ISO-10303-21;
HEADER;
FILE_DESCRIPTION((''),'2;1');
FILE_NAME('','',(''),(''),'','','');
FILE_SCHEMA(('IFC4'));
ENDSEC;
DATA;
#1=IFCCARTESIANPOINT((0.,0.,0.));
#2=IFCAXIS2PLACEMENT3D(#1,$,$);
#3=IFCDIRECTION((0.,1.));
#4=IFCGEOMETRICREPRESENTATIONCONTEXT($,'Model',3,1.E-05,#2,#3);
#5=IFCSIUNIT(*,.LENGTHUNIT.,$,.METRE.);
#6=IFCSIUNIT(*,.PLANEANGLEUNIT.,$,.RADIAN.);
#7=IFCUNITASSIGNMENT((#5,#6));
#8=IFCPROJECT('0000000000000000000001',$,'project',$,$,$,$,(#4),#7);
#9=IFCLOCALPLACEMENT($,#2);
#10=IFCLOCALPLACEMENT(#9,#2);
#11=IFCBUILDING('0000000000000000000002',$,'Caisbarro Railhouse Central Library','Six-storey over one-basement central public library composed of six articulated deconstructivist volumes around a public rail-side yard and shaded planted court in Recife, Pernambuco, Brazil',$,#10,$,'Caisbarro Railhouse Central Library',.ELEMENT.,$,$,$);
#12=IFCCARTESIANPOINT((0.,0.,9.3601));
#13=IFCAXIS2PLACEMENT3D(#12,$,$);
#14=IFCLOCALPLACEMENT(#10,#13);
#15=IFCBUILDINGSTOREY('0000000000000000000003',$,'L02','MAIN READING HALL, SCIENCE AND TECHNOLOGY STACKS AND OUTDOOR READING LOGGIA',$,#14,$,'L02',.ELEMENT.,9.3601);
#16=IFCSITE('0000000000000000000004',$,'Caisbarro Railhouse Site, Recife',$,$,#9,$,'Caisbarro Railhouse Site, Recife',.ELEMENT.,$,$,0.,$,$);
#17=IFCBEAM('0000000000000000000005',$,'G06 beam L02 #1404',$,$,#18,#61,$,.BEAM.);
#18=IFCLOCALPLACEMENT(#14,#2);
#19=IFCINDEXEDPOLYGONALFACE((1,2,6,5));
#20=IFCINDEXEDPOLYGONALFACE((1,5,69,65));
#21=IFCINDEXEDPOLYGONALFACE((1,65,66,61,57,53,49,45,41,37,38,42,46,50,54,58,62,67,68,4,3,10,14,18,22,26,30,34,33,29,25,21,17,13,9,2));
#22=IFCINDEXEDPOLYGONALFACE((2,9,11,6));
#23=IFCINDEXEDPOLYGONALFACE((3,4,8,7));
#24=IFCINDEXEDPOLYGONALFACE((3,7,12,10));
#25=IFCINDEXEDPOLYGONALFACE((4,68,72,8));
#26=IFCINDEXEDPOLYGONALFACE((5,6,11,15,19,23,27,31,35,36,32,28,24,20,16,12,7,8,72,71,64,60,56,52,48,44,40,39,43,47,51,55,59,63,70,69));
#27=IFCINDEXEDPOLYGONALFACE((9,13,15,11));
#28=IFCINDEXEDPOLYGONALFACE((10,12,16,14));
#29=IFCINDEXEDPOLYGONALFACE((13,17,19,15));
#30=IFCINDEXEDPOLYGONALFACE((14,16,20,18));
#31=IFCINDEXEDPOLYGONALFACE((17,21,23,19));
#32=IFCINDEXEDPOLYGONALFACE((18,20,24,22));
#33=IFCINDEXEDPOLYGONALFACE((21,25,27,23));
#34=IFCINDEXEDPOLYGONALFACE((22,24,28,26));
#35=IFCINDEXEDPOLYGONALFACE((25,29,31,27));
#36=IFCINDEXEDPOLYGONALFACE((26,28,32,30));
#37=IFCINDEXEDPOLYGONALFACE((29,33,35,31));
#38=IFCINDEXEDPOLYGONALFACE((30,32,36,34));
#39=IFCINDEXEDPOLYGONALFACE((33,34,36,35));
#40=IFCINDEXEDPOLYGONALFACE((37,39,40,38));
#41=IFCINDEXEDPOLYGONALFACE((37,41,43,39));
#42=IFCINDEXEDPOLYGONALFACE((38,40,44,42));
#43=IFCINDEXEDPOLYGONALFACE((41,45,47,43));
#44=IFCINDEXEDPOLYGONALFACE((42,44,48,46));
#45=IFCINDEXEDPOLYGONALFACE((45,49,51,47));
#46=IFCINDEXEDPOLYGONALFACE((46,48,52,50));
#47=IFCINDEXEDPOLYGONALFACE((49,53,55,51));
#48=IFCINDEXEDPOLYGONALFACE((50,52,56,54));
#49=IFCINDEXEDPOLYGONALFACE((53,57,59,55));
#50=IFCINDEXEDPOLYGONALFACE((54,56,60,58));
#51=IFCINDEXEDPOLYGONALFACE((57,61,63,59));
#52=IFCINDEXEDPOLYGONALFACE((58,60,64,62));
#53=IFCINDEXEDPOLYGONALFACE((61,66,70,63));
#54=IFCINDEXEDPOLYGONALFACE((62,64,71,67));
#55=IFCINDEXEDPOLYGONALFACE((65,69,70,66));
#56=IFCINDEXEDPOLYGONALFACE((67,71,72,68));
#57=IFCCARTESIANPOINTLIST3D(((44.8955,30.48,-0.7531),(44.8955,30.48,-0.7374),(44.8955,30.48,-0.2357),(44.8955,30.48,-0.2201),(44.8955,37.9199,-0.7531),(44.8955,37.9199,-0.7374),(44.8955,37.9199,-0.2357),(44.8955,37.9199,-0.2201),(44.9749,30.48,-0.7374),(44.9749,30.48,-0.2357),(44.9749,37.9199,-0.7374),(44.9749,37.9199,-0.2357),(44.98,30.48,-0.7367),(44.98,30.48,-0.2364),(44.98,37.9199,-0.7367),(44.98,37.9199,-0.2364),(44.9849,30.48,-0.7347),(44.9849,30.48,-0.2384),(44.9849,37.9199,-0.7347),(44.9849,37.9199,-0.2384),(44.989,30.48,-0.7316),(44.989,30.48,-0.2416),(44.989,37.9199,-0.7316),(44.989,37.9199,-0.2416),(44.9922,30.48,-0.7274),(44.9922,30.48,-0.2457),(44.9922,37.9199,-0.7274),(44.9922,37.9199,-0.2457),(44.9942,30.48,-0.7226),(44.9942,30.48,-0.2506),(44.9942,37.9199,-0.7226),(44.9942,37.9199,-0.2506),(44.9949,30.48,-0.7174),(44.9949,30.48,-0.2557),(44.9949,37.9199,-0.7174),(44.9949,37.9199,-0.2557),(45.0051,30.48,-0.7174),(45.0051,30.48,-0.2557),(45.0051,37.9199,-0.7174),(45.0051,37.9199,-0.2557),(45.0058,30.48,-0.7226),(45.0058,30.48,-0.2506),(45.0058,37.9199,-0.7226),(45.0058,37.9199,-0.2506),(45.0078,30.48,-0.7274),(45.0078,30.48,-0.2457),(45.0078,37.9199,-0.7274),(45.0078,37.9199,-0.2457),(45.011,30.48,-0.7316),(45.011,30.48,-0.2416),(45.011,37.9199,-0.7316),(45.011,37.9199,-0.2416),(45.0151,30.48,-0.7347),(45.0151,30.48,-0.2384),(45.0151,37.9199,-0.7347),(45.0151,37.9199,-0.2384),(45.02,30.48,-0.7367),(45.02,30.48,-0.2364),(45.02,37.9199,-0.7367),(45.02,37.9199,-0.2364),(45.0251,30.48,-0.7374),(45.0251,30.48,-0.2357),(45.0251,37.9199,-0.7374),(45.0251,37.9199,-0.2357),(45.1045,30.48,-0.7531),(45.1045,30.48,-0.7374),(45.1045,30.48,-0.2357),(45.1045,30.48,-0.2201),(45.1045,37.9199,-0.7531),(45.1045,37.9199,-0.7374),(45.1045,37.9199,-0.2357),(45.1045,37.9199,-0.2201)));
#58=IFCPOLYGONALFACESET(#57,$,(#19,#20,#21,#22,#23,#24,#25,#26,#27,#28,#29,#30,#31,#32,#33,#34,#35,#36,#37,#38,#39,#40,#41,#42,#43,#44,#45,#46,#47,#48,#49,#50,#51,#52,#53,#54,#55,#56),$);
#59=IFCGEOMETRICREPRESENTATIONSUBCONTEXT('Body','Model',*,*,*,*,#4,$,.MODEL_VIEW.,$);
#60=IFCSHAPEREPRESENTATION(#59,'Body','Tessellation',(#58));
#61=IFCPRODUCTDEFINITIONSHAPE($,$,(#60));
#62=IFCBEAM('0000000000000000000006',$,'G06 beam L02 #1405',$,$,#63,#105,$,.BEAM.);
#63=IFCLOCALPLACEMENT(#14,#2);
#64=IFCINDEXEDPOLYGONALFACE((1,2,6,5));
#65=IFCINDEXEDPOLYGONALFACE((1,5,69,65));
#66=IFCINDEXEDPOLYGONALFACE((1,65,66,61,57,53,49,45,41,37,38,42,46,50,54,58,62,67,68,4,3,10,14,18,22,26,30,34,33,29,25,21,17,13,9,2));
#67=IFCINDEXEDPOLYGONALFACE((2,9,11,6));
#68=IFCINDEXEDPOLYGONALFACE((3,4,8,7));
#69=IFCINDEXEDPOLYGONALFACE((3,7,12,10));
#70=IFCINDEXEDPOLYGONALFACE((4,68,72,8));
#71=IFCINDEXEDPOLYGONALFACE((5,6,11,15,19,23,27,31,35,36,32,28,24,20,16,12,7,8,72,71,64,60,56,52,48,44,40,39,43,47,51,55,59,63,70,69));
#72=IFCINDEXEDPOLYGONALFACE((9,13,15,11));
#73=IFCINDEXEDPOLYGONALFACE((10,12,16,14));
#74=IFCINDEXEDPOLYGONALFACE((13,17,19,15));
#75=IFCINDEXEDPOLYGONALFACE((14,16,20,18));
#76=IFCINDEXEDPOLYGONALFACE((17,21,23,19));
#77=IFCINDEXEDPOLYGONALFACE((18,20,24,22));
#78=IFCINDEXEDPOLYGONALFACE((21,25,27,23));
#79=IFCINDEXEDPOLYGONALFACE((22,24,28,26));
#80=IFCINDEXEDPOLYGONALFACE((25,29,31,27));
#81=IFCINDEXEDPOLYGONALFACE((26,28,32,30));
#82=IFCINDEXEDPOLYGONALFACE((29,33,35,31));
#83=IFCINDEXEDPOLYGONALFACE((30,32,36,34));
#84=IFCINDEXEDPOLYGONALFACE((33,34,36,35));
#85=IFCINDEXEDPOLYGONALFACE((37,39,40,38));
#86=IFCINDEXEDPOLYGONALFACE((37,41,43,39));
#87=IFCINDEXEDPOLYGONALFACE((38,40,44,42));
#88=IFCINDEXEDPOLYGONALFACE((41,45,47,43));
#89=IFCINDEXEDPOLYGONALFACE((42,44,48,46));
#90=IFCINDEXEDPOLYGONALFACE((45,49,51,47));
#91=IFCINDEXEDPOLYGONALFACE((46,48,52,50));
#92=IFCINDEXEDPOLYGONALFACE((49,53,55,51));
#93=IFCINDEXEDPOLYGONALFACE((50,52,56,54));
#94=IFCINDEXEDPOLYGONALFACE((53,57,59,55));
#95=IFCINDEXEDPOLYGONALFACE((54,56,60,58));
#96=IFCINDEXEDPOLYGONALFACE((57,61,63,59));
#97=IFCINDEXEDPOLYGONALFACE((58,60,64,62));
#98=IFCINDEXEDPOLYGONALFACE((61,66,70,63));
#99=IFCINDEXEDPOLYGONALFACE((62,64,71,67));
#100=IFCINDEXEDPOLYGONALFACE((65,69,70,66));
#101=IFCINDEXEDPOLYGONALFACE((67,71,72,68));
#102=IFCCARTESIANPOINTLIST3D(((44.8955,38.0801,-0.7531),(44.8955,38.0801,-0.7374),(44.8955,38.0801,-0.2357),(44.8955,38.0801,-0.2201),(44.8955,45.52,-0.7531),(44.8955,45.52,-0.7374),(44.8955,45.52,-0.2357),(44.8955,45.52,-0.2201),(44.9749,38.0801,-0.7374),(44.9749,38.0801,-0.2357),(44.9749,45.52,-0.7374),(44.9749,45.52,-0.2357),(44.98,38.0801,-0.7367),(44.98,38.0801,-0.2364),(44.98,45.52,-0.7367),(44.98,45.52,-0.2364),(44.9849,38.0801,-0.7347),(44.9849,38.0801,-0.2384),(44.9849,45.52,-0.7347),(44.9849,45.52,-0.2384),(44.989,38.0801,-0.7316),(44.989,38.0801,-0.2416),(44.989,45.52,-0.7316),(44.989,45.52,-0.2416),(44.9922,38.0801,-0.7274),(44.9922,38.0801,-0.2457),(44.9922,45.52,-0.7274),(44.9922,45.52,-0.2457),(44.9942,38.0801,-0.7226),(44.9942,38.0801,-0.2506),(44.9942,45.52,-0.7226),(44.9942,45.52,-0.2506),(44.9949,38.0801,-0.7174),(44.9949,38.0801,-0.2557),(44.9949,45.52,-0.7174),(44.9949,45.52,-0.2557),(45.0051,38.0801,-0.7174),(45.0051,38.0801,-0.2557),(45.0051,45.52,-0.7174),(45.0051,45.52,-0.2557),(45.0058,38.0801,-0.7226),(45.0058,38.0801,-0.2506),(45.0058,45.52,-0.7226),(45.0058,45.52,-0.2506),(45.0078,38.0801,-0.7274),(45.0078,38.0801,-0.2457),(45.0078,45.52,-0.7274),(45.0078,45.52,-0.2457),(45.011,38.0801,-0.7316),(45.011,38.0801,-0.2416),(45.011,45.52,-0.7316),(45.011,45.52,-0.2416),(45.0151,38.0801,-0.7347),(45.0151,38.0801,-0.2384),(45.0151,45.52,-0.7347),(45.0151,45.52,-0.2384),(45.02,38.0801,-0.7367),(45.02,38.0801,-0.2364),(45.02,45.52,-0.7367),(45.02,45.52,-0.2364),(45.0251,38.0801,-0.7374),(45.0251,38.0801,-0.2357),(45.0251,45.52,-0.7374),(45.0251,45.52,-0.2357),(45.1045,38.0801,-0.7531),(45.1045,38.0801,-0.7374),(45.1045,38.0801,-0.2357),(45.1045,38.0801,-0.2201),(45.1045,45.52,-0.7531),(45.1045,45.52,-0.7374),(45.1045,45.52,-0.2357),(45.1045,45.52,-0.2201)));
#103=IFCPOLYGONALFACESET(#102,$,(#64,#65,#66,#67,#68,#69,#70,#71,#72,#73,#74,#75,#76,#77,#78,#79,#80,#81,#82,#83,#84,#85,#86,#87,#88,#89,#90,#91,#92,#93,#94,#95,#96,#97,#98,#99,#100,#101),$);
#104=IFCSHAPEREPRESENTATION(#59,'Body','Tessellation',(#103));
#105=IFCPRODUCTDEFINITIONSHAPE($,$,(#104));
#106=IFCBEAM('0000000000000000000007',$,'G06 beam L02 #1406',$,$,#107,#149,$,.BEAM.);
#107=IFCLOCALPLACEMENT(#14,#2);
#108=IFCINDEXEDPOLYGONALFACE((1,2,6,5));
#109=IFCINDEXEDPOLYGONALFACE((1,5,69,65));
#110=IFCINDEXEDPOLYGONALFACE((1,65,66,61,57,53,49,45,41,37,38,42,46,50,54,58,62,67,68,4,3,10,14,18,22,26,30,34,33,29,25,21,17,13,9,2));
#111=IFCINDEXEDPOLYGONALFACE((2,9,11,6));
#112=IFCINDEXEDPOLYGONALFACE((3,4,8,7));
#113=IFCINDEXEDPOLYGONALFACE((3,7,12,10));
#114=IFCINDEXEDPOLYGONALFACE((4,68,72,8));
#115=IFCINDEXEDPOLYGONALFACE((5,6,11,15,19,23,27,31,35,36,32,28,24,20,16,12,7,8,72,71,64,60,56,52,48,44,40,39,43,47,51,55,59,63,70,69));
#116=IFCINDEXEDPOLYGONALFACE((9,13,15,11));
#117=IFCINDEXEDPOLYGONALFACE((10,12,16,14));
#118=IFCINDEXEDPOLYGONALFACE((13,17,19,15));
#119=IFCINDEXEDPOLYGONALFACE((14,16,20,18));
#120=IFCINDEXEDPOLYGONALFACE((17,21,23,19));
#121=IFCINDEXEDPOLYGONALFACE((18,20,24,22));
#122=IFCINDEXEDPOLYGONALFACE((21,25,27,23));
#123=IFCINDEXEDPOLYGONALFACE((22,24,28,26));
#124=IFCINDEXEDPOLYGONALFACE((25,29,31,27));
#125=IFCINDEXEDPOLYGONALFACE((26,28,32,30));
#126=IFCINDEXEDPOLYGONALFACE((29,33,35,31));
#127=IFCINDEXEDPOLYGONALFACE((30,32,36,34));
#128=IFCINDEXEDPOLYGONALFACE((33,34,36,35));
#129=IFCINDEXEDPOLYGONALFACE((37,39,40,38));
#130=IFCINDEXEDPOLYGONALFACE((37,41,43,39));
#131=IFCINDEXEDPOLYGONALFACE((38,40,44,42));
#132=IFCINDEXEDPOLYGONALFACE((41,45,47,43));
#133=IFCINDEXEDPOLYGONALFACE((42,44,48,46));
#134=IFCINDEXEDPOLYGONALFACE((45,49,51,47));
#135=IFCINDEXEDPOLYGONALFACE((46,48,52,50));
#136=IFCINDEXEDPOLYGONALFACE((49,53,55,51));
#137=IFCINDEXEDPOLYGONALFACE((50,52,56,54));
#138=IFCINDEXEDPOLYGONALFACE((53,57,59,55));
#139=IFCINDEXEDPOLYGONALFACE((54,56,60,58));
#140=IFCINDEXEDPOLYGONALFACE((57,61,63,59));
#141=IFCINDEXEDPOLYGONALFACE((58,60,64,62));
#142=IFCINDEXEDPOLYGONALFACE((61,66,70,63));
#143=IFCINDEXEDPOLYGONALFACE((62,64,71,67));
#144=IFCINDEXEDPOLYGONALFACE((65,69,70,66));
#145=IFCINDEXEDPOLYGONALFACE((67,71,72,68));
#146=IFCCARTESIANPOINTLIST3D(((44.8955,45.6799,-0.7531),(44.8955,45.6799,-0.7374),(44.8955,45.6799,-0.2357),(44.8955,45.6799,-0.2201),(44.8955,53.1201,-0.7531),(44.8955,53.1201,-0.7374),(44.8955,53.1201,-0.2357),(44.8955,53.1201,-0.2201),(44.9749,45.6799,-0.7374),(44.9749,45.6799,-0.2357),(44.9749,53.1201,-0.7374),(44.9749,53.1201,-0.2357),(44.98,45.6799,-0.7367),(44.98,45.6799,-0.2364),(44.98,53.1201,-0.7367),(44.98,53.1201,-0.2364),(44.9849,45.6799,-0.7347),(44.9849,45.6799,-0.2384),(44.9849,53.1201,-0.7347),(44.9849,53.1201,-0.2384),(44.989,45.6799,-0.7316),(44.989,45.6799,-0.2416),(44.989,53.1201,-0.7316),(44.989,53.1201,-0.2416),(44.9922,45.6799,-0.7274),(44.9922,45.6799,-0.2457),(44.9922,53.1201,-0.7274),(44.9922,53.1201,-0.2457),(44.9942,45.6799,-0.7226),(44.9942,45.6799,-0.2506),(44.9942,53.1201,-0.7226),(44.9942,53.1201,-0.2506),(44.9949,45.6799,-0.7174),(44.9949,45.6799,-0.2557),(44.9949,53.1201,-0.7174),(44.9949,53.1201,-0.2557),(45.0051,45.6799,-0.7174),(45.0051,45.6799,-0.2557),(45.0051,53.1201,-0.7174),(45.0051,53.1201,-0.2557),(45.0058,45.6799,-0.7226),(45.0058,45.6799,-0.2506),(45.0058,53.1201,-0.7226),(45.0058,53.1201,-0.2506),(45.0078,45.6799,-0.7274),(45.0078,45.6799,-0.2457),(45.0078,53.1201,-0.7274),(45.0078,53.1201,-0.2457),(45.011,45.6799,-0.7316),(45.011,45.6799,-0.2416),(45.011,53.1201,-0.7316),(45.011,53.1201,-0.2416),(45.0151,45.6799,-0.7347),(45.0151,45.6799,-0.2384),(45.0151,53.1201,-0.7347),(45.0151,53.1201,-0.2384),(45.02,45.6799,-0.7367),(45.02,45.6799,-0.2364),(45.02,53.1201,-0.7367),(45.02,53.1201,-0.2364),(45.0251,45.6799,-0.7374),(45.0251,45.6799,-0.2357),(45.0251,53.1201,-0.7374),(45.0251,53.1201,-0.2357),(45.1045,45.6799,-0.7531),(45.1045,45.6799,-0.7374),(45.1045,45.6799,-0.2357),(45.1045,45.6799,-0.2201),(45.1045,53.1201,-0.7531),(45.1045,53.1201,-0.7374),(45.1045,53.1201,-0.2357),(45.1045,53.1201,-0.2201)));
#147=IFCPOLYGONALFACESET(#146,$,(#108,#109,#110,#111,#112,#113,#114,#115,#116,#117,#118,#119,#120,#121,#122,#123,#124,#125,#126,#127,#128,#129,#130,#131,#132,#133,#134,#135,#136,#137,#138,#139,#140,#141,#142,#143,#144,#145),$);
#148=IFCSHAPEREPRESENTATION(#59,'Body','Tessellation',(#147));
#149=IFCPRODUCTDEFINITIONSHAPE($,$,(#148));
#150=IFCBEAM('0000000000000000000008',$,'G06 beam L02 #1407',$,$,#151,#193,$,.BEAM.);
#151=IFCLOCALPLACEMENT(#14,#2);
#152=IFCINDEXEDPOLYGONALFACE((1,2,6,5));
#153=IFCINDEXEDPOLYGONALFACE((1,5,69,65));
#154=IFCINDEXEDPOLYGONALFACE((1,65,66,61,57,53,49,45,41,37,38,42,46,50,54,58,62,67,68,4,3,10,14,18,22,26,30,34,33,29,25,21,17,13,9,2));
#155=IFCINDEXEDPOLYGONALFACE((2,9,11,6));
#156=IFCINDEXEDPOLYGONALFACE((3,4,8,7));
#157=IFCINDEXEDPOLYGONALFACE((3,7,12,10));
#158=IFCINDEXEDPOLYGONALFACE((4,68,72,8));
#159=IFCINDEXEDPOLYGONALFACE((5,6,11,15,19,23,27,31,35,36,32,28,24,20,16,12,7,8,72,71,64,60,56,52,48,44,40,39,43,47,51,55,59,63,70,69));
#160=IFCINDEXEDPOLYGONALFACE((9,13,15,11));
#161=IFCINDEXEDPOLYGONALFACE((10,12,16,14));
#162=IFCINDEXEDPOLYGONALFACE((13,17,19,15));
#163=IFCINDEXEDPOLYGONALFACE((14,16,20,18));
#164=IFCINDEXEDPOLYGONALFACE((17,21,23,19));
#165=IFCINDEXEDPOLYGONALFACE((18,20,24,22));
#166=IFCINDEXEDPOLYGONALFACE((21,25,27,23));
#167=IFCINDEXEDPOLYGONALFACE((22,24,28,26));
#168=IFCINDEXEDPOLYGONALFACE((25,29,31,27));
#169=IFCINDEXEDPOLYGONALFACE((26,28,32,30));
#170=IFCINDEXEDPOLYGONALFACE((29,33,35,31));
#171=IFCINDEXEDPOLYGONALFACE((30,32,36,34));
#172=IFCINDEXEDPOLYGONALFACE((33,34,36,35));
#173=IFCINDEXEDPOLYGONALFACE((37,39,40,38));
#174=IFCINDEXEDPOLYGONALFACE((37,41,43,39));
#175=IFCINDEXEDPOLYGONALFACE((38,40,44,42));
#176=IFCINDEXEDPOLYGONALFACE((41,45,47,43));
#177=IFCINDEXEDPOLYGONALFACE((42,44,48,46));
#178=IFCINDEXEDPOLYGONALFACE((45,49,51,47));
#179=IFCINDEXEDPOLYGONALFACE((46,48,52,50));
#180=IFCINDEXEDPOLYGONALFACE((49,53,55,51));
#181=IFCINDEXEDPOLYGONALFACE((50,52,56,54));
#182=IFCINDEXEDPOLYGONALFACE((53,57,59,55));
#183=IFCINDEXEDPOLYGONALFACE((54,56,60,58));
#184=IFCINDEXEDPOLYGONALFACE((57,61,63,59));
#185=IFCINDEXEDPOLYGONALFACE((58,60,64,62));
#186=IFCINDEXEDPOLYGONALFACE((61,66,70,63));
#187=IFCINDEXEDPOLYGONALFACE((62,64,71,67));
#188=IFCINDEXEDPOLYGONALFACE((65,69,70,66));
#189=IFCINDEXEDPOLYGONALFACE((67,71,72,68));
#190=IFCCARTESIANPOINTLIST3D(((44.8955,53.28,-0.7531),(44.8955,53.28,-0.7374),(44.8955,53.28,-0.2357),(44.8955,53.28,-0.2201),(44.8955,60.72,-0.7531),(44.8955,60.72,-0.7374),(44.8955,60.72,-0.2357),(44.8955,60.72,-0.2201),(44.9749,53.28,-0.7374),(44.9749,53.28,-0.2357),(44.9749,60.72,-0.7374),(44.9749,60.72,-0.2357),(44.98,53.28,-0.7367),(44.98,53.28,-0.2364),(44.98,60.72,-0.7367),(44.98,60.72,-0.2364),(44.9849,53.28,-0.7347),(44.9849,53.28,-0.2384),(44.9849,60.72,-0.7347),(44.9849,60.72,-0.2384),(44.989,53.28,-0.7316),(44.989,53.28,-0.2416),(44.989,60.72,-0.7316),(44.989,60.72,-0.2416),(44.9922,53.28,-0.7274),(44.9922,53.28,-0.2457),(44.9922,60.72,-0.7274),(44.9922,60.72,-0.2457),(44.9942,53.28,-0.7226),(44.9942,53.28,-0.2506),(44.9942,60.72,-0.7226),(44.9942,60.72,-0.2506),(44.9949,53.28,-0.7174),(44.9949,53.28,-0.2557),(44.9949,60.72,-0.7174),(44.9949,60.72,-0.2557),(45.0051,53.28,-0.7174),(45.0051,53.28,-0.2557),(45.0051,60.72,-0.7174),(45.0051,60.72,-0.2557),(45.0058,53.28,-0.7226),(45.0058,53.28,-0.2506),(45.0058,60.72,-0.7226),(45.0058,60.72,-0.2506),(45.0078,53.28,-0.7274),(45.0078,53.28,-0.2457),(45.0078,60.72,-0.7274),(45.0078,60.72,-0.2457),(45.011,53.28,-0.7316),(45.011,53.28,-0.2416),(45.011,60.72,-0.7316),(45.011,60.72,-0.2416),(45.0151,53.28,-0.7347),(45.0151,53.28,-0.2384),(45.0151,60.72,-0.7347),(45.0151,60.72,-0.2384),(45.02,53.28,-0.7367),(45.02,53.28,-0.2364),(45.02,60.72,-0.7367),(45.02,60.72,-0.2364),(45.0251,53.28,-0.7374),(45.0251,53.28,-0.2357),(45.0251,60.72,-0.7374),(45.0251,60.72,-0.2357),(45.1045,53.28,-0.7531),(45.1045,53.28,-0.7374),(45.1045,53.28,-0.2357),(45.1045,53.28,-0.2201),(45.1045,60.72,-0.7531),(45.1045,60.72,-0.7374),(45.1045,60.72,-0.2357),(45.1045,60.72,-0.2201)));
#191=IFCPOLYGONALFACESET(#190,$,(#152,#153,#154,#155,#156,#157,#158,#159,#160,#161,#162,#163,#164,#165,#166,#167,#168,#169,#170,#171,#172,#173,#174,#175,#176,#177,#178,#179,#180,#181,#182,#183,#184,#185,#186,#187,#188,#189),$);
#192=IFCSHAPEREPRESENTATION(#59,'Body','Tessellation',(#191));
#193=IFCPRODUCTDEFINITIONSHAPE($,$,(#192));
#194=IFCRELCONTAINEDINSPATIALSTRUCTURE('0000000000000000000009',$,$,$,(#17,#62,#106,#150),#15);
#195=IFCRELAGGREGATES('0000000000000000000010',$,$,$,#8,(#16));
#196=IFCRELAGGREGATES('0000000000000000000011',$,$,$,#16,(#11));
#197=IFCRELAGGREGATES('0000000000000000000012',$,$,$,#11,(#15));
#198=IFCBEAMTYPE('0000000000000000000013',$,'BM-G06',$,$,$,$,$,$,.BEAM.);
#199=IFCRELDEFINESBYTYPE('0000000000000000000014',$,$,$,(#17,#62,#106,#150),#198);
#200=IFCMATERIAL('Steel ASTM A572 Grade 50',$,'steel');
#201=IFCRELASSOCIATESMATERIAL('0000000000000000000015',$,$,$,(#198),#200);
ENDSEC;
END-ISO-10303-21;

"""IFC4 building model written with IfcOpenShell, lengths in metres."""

from ifc_helpers import new_model, si_unit, direction, frame, origin, origin_2d, place, context, subcontext, project, spatial, i_section, extrude, material, material_profile, profile_set, type_object, element, save


model = new_model("IFC4")

# Units and contexts
model_context = context("Model", 3, precision=1e-05, world=origin(), true_north=direction((0.0, 1.0)))
body_context = subcontext(model_context, "Body", "Model", "MODEL_VIEW")
ifc_project = project(units=[si_unit("LENGTHUNIT", "METRE"), si_unit("PLANEANGLEUNIT", "RADIAN")], contexts=[model_context])

# Site, building, storey
site_placement = place(None, origin())
site = spatial("IfcSite", under=ifc_project, at=site_placement, Name="Caisbarro Railhouse Site, Recife", LongName="Caisbarro Railhouse Site, Recife", CompositionType="ELEMENT", RefElevation=0.0)
building_placement = place(site_placement, origin())
building = spatial("IfcBuilding", under=site, at=building_placement, Name="Caisbarro Railhouse Central Library", Description="Six-storey over one-basement central public library composed of six articulated deconstructivist volumes around a public rail-side yard and shaded planted court in Recife, Pernambuco, Brazil", LongName="Caisbarro Railhouse Central Library", CompositionType="ELEMENT")
storey_placement = place(building_placement, frame((0.0, 0.0, 9.3601)))
storey = spatial("IfcBuildingStorey", under=building, at=storey_placement, Name="L02", Description="MAIN READING HALL, SCIENCE AND TECHNOLOGY STACKS AND OUTDOOR READING LOGGIA", LongName="L02", CompositionType="ELEMENT", Elevation=9.3601)

# Shared definitions
ifc_material_1 = material(Name="Steel ASTM A572 Grade 50", Category="steel")

# Beams
ifc_material_profile_1 = material_profile(ifc_material_1, i_section(OverallWidth=0.209, OverallDepth=0.533, WebThickness=0.0103, FlangeThickness=0.0156, FilletRadius=0.02, at=origin_2d()), Name="W530X92.0")
ifc_profile_set_1 = profile_set([ifc_material_profile_1], Name="Steel ASTM A572 Grade 50")
beam_type_1 = type_object("IfcBeamType", Name="BM-G06", PredefinedType="BEAM", material=ifc_profile_set_1)
for number, where, z_axis, x_axis, name in (
    (1, (45.0, 30.48, -0.4866), (0.0, 1.0, 0.0), (-1.0, 0.0, 0.0), "G06 beam L02 #1404"),
    (2, (45.0, 38.0801, -0.4866), (0.0, 1.0, 0.0), (-1.0, 0.0, 0.0), "G06 beam L02 #1405"),
):
    element("IfcBeam", number, at=place(storey_placement, frame(where, z_axis=z_axis, x_axis=x_axis)), inside=storey, type_object=beam_type_1, Name=name, PredefinedType="BEAM", context=body_context, shape_type="SweptSolid", body=[
        extrude(i_section(OverallWidth=0.209, OverallDepth=0.533, WebThickness=0.0103, FlangeThickness=0.0156, FilletRadius=0.02, at=origin_2d()), origin(), (0.0, 0.0, 1.0), 7.4399),
    ])
beam_1_placement = place(storey_placement, frame((45.0, 45.6799, -0.4866), z_axis=(0.0, 1.0, 0.0), x_axis=(-1.0, 0.0, 0.0)))
element("IfcBeam", 3, at=beam_1_placement, inside=storey, type_object=beam_type_1, Name="G06 beam L02 #1406", PredefinedType="BEAM", context=body_context, shape_type="SweptSolid", body=[
    extrude(i_section(OverallWidth=0.209, OverallDepth=0.533, WebThickness=0.0103, FlangeThickness=0.0156, FilletRadius=0.02, at=origin_2d()), origin(), (0.0, 0.0, 1.0), 7.4402),
])
for number, where, z_axis, x_axis, name in (
    (4, (45.0, 53.28, -0.4866), (0.0, 1.0, 0.0), (-1.0, 0.0, 0.0), "G06 beam L02 #1407"),
):
    element("IfcBeam", number, at=place(storey_placement, frame(where, z_axis=z_axis, x_axis=x_axis)), inside=storey, type_object=beam_type_1, Name=name, PredefinedType="BEAM", context=body_context, shape_type="SweptSolid", body=[
        extrude(i_section(OverallWidth=0.209, OverallDepth=0.533, WebThickness=0.0103, FlangeThickness=0.0156, FilletRadius=0.02, at=origin_2d()), origin(), (0.0, 0.0, 1.0), 7.4399),
    ])

save(model, "model.ifc")
